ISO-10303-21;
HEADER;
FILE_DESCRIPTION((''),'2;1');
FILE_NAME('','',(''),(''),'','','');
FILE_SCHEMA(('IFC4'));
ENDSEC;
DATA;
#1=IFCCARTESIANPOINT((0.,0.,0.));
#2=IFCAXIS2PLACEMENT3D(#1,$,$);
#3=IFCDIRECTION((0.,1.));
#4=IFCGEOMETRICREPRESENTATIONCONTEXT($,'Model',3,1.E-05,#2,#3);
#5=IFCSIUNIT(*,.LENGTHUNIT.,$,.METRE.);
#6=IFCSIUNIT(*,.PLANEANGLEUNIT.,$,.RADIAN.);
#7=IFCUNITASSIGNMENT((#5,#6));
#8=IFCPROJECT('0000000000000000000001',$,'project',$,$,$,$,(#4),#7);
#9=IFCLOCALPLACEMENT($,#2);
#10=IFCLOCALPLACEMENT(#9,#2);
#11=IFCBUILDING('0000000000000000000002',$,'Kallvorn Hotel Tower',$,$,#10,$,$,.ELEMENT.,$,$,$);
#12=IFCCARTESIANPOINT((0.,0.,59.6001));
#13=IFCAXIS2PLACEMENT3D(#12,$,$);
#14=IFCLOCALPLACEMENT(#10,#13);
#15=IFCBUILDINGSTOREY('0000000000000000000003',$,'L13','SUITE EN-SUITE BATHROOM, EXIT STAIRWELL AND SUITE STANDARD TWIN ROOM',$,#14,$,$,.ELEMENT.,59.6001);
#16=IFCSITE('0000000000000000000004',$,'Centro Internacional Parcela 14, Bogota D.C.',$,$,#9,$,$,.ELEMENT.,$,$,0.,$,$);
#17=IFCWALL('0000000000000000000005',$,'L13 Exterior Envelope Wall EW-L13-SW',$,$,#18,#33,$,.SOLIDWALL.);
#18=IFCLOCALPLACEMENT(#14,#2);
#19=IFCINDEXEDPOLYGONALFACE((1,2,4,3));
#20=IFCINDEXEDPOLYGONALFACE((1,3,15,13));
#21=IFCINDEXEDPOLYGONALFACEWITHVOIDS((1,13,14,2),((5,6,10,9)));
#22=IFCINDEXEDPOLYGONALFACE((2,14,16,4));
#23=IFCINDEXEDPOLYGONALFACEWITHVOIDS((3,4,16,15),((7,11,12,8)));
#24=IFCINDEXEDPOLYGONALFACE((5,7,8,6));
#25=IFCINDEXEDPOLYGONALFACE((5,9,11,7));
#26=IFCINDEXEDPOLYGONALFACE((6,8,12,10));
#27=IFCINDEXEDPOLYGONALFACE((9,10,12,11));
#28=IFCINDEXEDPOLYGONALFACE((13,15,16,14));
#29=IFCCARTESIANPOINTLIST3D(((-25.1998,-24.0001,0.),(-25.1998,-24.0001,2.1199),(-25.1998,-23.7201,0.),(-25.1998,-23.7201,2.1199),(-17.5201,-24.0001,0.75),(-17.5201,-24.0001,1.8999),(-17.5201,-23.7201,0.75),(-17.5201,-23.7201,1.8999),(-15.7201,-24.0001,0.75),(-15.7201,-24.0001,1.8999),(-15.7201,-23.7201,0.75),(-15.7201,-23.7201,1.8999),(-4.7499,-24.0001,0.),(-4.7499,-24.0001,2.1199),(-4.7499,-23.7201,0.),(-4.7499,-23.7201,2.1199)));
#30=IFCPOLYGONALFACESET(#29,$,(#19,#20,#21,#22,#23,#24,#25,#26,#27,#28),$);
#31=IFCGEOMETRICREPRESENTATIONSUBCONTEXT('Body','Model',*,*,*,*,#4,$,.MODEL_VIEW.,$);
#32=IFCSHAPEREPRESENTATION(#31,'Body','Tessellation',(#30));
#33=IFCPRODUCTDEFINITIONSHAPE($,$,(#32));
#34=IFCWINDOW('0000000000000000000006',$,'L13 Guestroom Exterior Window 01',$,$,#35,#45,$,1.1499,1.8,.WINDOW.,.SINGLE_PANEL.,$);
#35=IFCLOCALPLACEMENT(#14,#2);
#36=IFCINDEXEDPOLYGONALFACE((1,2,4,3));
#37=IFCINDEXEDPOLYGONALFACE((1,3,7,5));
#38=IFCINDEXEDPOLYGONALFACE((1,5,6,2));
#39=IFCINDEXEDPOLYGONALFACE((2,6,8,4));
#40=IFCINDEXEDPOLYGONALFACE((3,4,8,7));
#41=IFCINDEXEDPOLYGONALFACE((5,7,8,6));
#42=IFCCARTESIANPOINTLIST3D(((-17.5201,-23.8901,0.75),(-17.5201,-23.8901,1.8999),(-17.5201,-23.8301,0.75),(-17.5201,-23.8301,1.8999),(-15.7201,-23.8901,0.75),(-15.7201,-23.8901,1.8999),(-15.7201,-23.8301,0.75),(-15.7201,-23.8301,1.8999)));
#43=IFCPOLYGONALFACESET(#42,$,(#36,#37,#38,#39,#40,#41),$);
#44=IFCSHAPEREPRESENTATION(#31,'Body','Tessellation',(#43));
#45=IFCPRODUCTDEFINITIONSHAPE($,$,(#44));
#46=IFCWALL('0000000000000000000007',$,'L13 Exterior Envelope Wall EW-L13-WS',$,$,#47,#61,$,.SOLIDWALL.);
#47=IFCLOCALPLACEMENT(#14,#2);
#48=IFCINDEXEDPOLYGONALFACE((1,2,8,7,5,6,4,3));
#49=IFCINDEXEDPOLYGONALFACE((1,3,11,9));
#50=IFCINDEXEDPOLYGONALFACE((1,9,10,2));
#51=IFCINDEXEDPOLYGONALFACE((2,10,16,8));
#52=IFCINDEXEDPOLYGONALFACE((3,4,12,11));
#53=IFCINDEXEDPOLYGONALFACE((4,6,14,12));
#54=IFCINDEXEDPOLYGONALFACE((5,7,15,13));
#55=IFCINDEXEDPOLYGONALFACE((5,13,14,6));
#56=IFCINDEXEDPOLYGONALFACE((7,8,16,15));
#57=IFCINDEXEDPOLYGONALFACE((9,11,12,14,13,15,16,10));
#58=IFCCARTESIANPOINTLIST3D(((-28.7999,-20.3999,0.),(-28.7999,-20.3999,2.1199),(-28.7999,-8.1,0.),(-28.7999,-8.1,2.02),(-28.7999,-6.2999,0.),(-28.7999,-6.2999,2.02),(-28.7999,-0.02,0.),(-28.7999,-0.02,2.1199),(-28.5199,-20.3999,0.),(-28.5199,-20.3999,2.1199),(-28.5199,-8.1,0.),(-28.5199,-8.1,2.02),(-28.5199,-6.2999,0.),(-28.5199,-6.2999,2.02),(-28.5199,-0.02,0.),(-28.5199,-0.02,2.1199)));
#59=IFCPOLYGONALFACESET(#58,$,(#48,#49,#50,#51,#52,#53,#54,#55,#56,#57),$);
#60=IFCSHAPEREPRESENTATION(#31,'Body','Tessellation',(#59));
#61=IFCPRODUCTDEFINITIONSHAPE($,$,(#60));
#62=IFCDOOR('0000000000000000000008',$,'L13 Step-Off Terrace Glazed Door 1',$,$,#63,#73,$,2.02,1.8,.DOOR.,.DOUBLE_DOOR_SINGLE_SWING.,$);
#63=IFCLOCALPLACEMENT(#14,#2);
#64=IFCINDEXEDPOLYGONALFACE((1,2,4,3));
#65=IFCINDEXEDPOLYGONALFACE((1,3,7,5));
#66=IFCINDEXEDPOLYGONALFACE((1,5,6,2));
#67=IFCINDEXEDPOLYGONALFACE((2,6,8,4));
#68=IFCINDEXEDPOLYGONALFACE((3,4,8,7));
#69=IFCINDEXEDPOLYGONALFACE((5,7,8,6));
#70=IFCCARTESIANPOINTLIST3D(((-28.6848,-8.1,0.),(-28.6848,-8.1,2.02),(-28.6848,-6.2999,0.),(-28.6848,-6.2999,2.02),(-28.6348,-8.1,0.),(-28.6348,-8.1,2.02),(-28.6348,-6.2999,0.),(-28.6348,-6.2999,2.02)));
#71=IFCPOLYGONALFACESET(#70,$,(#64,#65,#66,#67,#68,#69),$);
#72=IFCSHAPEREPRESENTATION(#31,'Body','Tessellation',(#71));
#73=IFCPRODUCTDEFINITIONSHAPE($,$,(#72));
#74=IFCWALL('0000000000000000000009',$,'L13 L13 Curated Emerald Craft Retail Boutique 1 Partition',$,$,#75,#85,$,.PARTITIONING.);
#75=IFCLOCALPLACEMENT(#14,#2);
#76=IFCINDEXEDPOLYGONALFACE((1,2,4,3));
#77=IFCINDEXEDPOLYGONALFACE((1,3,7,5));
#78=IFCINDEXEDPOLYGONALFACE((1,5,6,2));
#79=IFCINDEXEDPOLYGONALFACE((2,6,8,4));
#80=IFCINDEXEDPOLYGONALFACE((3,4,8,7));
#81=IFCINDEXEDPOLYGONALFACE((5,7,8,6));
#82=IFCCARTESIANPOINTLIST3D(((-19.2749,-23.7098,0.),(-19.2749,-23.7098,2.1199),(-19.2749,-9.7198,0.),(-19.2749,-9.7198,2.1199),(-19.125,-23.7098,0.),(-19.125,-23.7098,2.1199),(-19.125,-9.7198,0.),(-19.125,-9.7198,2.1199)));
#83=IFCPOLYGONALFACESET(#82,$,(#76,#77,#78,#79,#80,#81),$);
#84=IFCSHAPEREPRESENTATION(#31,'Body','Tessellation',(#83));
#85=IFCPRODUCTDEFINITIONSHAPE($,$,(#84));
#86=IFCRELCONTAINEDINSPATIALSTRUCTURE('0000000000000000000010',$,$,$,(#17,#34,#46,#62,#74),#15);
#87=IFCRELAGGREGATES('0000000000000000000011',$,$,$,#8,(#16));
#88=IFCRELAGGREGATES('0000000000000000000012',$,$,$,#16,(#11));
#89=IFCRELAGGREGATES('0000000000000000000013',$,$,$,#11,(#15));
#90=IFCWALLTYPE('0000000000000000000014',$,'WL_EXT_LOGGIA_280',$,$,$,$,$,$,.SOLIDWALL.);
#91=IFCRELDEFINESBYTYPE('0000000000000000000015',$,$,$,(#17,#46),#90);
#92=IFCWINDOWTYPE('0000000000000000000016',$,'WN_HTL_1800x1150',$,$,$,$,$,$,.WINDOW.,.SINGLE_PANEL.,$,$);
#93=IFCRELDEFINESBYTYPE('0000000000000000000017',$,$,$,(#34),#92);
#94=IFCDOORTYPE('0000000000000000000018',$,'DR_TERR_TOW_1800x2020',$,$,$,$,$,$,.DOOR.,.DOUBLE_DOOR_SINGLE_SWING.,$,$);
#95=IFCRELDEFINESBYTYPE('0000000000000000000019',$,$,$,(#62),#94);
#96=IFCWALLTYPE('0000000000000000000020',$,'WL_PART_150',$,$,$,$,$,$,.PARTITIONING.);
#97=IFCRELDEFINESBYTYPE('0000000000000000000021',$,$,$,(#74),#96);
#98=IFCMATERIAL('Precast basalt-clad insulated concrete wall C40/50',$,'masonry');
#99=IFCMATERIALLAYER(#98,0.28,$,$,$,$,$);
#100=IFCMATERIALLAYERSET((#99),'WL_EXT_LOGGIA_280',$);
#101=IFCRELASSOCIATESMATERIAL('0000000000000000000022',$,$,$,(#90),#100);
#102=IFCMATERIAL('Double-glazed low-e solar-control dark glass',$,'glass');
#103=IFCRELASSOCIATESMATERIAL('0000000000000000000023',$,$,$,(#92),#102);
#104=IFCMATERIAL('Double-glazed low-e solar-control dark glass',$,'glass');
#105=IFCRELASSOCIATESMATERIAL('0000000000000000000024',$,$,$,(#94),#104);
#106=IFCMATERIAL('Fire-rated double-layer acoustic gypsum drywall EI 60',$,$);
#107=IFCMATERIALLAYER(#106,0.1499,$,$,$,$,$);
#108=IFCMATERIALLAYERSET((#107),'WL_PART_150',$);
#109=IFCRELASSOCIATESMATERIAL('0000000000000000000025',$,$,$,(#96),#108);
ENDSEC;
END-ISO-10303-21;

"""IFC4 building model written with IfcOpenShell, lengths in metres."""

from ifc_helpers import new_model, si_unit, direction, frame, frame_2d, origin, place, context, subcontext, project, spatial, rectangle, extrude, material, layer, layer_set, type_object, element, fill, save


model = new_model("IFC4")

# Units and contexts
model_context = context("Model", 3, precision=1e-05, world=origin(), true_north=direction((0.0, 1.0)))
body_context = subcontext(model_context, "Body", "Model", "MODEL_VIEW")
ifc_project = project(units=[si_unit("LENGTHUNIT", "METRE"), si_unit("PLANEANGLEUNIT", "RADIAN")], contexts=[model_context])

# Site, building, storey
site_placement = place(None, origin())
site = spatial("IfcSite", under=ifc_project, at=site_placement, Name="Centro Internacional Parcela 14, Bogota D.C.", CompositionType="ELEMENT", RefElevation=0.0)
building_placement = place(site_placement, origin())
building = spatial("IfcBuilding", under=site, at=building_placement, Name="Kallvorn Hotel Tower", CompositionType="ELEMENT")
storey_placement = place(building_placement, frame((0.0, 0.0, 59.6001)))
storey = spatial("IfcBuildingStorey", under=building, at=storey_placement, Name="L13", Description="SUITE EN-SUITE BATHROOM, EXIT STAIRWELL AND SUITE STANDARD TWIN ROOM", CompositionType="ELEMENT", Elevation=59.6001)

# Shared definitions
ifc_material_1 = material(Name="Precast basalt-clad insulated concrete wall C40/50", Category="masonry")
ifc_layer_1 = layer(ifc_material_1, 0.28)
ifc_layer_set_1 = layer_set([ifc_layer_1], Name="WL_EXT_LOGGIA_280")
wall_type_1 = type_object("IfcWallType", Name="WL_EXT_LOGGIA_280", PredefinedType="SOLIDWALL", material=ifc_layer_set_1)

# Wall, opening, window
wall_1_placement = place(storey_placement, frame((-25.2, -23.8601, 0.0), z_axis=(0.0, 0.0, 1.0), x_axis=(1.0, 0.0, 0.0)))
wall_1 = element("IfcWall", 1, at=wall_1_placement, inside=storey, type_object=wall_type_1, Name="L13 Exterior Envelope Wall EW-L13-SW", PredefinedType="SOLIDWALL", context=body_context, shape_type="SweptSolid", body=[
    extrude(rectangle(XDim=20.45, YDim=0.28, at=frame_2d((10.2251, 0.0))), origin(), (0.0, 0.0, 1.0), 2.1199),
])
opening_1_placement = place(wall_1_placement, frame((7.6799, 0.0, 0.75)))
opening_1 = element("IfcOpeningElement", 2, at=opening_1_placement, cuts=wall_1, PredefinedType="OPENING", context=body_context, shape_type="SweptSolid", body=[
    extrude(rectangle(XDim=1.8, YDim=1.1499, at=frame_2d((0.8999, 0.575))), frame((0.0, 0.155, 0.0), z_axis=(0.0, -1.0, 0.0), x_axis=(1.0, 0.0, 0.0)), (0.0, 0.0, 1.0), 0.3101),
])
ifc_material_2 = material(Name="Double-glazed low-e solar-control dark glass", Category="glass")
window_type = type_object("IfcWindowType", Name="WN_HTL_1800x1150", PartitioningType="SINGLE_PANEL", PredefinedType="WINDOW", material=ifc_material_2)
window_placement = place(opening_1_placement, origin())
window = element("IfcWindow", 3, at=window_placement, inside=storey, type_object=window_type, Name="L13 Guestroom Exterior Window 01", OverallHeight=1.1499, OverallWidth=1.8, PartitioningType="SINGLE_PANEL", PredefinedType="WINDOW", context=body_context, shape_type="SweptSolid", body=[
    extrude(rectangle(XDim=1.8, YDim=1.1499, at=frame_2d((0.8999, 0.575))), frame((0.0, 0.03, 0.0), z_axis=(0.0, -1.0, 0.0), x_axis=(1.0, 0.0, 0.0)), (0.0, 0.0, 1.0), 0.0601),
])
fill(opening_1, window)

# Wall, opening, door
wall_2_placement = place(storey_placement, frame((-28.6599, -20.3999, 0.0), z_axis=(0.0, 0.0, 1.0), x_axis=(0.0, 1.0, 0.0)))
wall_2 = element("IfcWall", 4, at=wall_2_placement, inside=storey, type_object=wall_type_1, Name="L13 Exterior Envelope Wall EW-L13-WS", PredefinedType="SOLIDWALL", context=body_context, shape_type="SweptSolid", body=[
    extrude(rectangle(XDim=20.3799, YDim=0.28, at=frame_2d((10.1899, 0.0))), origin(), (0.0, 0.0, 1.0), 2.1199),
])
opening_2_placement = place(wall_2_placement, frame((12.3, 0.0, 0.0)))
opening_2 = element("IfcOpeningElement", 5, at=opening_2_placement, cuts=wall_2, PredefinedType="OPENING", context=body_context, shape_type="SweptSolid", body=[
    extrude(rectangle(XDim=1.8, YDim=2.02, at=frame_2d((0.8999, 1.01))), frame((0.0, 0.155, 0.0), z_axis=(0.0, -1.0, 0.0), x_axis=(1.0, 0.0, 0.0)), (0.0, 0.0, 1.0), 0.3101),
])
ifc_material_3 = material(Name="Double-glazed low-e solar-control dark glass", Category="glass")
door_type = type_object("IfcDoorType", Name="DR_TERR_TOW_1800x2020", OperationType="DOUBLE_DOOR_SINGLE_SWING", PredefinedType="DOOR", material=ifc_material_3)
door_placement = place(opening_2_placement, origin())
door = element("IfcDoor", 6, at=door_placement, inside=storey, type_object=door_type, Name="L13 Step-Off Terrace Glazed Door 1", OperationType="DOUBLE_DOOR_SINGLE_SWING", OverallHeight=2.02, OverallWidth=1.8, PredefinedType="DOOR", context=body_context, shape_type="SweptSolid", body=[
    extrude(rectangle(XDim=1.8, YDim=2.02, at=frame_2d((0.8999, 1.01))), frame((0.0, 0.0249, 0.0), z_axis=(0.0, -1.0, 0.0), x_axis=(1.0, 0.0, 0.0)), (0.0, 0.0, 1.0), 0.05),
])
fill(opening_2, door)

# Wall
ifc_material_4 = material(Name="Fire-rated double-layer acoustic gypsum drywall EI 60")
ifc_layer_2 = layer(ifc_material_4, 0.1499)
ifc_layer_set_2 = layer_set([ifc_layer_2], Name="WL_PART_150")
wall_type_2 = type_object("IfcWallType", Name="WL_PART_150", PredefinedType="PARTITIONING", material=ifc_layer_set_2)
wall_3_placement = place(storey_placement, frame((-19.2, -23.71, 0.0), z_axis=(0.0, 0.0, 1.0), x_axis=(0.0, 1.0, 0.0)))
element("IfcWall", 7, at=wall_3_placement, inside=storey, type_object=wall_type_2, Name="L13 L13 Curated Emerald Craft Retail Boutique 1 Partition", PredefinedType="PARTITIONING", context=body_context, shape_type="SweptSolid", body=[
    extrude(rectangle(XDim=13.99, YDim=0.1499, at=frame_2d((6.9951, 0.0))), origin(), (0.0, 0.0, 1.0), 2.1199),
])

save(model, "model.ifc")
